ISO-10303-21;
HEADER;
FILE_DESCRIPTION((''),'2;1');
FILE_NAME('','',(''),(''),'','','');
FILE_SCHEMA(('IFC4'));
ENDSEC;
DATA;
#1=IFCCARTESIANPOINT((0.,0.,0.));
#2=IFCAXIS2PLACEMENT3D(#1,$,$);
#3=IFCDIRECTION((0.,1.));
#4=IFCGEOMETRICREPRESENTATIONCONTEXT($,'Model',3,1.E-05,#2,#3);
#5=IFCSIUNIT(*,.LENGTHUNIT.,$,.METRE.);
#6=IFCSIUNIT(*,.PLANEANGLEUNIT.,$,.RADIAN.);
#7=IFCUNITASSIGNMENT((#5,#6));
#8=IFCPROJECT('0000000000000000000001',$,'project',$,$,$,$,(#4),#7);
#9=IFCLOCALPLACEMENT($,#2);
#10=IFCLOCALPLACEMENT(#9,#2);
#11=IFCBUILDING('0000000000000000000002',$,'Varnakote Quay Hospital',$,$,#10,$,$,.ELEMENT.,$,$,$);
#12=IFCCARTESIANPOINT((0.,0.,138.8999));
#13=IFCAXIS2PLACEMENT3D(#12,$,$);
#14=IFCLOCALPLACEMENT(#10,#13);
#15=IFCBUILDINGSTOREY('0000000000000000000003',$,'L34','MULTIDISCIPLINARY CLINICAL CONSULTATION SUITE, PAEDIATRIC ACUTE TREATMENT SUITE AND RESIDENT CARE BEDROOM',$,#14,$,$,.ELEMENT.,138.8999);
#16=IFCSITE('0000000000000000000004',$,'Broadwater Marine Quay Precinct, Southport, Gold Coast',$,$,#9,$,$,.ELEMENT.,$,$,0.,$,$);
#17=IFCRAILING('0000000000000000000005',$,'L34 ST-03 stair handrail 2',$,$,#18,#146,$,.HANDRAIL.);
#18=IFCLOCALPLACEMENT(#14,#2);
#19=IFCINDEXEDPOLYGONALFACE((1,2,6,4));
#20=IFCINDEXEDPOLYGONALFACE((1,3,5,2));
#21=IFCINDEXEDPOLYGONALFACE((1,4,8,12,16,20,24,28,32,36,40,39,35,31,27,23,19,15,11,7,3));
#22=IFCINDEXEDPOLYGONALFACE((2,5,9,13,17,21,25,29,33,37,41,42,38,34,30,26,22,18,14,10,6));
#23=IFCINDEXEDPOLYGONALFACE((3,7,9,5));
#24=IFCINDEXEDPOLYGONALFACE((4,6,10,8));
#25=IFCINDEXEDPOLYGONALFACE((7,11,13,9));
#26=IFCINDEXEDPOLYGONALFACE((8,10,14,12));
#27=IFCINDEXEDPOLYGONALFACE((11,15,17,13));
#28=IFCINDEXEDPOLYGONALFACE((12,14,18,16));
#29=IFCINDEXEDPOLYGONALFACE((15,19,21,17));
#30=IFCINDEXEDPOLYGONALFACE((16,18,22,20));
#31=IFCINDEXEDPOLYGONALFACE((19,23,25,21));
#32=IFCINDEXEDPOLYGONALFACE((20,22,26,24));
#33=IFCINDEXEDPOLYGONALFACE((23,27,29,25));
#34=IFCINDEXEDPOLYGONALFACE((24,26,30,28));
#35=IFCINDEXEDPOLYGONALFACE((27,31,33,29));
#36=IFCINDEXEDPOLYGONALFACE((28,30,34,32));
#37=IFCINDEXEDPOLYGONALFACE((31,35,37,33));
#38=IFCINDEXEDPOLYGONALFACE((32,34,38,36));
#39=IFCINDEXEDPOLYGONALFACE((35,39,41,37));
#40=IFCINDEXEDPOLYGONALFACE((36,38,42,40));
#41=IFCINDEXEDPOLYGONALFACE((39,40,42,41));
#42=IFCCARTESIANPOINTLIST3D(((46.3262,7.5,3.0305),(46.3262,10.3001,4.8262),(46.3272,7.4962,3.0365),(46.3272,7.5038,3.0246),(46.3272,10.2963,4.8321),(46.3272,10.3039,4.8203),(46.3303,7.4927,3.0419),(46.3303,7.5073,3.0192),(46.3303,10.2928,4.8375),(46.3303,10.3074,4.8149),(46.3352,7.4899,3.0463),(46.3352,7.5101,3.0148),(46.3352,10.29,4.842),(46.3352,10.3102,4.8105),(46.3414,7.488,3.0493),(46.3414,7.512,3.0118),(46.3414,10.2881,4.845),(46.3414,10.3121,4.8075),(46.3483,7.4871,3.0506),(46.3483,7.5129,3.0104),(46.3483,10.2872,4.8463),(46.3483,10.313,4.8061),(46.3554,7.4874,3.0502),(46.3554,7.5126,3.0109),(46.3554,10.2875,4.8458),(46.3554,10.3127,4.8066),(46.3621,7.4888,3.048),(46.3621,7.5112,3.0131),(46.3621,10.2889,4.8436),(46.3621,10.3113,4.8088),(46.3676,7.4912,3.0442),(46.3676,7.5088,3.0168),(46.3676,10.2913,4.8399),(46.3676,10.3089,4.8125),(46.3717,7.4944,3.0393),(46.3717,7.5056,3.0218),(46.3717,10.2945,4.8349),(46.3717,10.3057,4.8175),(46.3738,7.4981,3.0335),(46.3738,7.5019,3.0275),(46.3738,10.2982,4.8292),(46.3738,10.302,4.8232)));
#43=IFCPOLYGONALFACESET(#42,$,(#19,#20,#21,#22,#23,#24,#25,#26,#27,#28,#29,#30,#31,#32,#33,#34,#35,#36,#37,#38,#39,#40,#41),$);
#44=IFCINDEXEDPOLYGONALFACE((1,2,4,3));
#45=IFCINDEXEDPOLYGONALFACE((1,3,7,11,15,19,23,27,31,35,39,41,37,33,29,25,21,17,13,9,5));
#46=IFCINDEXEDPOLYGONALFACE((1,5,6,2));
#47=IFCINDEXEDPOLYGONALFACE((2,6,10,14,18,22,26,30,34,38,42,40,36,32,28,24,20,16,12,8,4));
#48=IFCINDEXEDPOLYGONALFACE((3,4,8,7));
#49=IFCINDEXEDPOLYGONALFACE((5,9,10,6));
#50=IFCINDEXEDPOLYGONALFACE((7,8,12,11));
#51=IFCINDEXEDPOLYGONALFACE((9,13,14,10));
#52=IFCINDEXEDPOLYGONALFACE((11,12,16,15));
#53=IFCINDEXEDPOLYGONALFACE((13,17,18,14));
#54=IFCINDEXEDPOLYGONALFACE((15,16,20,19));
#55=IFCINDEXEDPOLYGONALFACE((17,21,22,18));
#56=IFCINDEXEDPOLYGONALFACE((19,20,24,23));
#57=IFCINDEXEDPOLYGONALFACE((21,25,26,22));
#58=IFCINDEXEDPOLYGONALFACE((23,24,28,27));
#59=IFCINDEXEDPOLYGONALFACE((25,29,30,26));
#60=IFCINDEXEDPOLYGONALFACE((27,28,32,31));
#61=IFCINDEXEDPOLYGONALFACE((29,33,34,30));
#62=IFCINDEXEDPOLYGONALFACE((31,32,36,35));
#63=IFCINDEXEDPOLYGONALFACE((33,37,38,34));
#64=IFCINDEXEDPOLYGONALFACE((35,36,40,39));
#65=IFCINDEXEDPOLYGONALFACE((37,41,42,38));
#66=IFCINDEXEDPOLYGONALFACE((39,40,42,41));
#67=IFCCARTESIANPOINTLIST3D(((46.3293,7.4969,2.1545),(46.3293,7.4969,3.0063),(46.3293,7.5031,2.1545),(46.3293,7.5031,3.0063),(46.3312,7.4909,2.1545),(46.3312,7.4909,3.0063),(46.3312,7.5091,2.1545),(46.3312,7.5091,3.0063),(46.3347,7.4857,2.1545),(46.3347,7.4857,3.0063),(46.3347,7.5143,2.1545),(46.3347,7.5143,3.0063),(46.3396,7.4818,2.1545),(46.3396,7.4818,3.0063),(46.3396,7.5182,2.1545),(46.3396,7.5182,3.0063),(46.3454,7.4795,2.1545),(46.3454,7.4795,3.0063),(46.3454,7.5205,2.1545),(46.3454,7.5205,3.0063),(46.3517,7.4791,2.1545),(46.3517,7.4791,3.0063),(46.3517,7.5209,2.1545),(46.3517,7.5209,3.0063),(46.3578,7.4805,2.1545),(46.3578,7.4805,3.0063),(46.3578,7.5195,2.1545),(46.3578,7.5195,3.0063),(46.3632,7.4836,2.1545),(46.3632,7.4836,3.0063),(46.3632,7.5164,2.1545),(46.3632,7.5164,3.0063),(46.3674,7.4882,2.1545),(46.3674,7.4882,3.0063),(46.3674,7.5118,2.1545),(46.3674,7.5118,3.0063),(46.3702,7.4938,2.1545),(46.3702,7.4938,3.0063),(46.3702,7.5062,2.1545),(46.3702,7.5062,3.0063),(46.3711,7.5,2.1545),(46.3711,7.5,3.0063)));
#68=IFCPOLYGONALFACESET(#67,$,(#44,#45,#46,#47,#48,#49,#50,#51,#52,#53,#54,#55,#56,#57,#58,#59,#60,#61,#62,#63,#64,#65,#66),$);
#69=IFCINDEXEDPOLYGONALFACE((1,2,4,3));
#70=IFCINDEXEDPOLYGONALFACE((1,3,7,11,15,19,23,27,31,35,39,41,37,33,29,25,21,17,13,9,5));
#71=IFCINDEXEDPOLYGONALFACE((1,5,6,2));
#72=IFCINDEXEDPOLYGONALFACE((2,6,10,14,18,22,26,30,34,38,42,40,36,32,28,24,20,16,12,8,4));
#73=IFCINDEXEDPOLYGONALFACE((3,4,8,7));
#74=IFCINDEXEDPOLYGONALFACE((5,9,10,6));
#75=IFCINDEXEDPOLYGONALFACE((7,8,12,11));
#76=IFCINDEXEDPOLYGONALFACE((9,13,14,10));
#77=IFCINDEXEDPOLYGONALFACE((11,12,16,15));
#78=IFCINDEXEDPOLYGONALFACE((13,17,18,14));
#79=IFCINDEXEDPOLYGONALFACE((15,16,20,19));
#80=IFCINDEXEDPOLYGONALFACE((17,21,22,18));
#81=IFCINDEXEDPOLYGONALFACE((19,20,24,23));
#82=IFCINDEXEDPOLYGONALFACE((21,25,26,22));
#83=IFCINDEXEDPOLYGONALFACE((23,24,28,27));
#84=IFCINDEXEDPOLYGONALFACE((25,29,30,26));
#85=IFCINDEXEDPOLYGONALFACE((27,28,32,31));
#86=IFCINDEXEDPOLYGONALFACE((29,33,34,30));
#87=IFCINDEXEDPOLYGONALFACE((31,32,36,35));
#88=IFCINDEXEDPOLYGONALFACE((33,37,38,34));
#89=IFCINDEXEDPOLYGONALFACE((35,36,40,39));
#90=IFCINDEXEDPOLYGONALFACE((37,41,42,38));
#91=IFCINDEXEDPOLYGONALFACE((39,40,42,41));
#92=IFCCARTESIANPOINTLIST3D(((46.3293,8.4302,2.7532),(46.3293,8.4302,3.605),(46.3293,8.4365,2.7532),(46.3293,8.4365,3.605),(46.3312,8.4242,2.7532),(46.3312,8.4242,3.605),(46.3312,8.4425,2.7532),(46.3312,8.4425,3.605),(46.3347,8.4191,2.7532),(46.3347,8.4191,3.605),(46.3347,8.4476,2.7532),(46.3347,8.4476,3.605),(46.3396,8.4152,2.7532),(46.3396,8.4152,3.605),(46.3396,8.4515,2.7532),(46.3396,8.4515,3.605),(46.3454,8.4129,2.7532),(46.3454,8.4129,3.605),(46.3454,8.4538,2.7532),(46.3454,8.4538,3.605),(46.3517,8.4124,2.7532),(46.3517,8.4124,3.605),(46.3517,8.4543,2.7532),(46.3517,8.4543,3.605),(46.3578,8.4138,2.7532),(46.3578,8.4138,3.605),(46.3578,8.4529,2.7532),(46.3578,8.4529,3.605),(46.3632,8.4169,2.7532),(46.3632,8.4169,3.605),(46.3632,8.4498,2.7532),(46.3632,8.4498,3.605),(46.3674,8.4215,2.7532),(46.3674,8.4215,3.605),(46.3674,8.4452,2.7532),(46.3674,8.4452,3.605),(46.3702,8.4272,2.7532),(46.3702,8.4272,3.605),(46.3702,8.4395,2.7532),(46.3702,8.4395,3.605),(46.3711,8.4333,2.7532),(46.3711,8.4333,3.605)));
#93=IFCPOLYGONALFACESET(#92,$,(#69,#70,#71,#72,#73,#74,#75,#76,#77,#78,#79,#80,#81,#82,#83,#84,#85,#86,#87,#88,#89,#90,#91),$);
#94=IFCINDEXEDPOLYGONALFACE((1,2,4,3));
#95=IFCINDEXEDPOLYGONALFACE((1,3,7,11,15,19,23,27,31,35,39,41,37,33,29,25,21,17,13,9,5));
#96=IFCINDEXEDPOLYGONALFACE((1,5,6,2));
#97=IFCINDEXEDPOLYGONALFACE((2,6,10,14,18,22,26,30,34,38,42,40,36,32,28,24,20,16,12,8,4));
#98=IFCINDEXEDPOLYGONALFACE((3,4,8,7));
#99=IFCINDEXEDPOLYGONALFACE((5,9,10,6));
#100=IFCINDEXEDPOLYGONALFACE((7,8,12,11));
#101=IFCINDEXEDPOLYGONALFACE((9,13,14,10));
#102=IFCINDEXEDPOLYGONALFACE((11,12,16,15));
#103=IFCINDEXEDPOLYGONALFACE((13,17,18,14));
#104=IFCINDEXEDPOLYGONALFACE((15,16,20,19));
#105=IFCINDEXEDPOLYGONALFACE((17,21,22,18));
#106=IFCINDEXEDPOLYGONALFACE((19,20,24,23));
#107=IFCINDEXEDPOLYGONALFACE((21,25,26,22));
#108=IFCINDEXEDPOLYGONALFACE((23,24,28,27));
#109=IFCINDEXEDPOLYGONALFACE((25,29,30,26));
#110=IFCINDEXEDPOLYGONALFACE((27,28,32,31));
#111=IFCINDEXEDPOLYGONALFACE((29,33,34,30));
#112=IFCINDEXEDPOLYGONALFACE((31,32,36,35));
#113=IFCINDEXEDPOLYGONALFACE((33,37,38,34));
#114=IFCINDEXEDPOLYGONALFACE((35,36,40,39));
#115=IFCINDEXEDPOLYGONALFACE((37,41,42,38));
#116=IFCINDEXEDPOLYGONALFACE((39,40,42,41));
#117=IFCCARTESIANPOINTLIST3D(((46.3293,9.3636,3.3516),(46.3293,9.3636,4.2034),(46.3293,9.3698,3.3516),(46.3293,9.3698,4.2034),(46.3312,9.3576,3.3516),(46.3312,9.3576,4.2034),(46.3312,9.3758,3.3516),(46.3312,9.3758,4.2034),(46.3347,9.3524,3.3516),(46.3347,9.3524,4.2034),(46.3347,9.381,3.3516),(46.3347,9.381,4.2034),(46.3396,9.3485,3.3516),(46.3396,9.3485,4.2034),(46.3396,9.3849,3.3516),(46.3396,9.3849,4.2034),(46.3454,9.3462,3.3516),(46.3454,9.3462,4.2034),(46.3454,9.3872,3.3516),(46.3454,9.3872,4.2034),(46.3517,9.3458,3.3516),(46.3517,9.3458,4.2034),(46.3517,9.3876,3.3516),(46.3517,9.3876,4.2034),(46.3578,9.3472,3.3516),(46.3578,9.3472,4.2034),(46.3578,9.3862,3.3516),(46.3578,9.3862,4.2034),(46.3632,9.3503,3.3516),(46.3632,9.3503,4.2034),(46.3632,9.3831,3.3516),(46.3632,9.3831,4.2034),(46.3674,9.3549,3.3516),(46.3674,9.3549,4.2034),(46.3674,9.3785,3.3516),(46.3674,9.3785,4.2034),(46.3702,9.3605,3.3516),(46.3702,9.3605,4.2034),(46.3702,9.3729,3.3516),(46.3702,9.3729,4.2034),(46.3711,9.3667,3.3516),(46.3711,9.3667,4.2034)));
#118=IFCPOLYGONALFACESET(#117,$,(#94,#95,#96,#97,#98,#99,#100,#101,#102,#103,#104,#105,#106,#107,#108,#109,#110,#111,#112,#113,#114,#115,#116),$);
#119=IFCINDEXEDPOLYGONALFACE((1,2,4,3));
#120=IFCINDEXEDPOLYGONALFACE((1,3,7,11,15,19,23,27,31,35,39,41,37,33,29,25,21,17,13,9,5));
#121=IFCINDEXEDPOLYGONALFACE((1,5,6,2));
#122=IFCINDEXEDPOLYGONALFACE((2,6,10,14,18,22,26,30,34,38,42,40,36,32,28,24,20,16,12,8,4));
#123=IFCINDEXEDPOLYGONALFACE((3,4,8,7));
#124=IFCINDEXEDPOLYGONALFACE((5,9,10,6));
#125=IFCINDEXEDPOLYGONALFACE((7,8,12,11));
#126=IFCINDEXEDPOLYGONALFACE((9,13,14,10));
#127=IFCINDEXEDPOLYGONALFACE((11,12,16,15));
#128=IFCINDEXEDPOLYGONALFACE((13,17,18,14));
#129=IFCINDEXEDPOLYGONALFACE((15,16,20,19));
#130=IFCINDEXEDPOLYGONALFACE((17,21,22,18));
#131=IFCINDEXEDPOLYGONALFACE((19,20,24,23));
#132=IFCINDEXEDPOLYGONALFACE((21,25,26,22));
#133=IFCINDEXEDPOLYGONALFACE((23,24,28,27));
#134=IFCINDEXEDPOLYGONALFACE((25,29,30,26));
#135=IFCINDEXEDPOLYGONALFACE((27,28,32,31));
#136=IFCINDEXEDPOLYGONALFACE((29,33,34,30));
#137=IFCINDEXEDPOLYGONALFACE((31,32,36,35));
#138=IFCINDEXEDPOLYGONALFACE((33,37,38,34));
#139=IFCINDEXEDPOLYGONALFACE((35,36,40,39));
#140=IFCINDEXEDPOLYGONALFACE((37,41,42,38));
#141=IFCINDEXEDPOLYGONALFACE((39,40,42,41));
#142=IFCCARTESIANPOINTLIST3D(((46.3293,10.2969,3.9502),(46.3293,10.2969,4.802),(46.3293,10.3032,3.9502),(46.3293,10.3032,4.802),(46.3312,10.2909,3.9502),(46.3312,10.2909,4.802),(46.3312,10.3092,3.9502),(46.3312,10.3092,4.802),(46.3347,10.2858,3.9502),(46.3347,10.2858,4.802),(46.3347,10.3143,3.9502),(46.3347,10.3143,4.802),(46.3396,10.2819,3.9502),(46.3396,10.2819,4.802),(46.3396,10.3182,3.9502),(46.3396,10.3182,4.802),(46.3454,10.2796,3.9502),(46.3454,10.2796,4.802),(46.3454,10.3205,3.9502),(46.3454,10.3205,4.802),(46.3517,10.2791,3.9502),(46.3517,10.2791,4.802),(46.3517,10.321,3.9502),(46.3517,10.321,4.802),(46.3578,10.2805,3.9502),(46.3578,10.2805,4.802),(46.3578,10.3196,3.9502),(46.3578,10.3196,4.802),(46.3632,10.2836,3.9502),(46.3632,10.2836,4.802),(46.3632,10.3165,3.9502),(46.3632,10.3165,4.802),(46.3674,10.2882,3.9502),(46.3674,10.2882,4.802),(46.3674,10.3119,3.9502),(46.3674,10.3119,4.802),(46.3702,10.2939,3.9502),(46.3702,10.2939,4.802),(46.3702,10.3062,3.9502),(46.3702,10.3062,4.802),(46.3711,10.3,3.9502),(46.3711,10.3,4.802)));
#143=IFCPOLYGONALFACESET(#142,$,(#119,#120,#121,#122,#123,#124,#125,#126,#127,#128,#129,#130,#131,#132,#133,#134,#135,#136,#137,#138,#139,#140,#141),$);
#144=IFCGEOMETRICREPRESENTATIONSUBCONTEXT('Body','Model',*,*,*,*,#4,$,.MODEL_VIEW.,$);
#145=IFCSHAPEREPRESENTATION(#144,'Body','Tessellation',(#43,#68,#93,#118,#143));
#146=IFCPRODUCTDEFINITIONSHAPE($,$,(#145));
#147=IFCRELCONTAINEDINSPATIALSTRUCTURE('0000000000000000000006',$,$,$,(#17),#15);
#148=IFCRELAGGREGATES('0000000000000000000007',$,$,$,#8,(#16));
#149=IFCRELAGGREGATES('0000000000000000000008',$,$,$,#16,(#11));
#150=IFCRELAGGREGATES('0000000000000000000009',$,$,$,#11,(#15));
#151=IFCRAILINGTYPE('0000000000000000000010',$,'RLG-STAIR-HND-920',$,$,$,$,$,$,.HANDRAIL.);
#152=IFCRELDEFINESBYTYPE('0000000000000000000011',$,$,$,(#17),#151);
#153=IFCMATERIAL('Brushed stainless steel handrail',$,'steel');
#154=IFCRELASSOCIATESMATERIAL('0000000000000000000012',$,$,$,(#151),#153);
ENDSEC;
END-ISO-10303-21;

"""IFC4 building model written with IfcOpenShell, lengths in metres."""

from ifc_helpers import new_model, si_unit, direction, frame, origin, origin_2d, place, context, subcontext, project, spatial, circle, extrude, material, type_object, element, save


model = new_model("IFC4")

# Units and contexts
model_context = context("Model", 3, precision=1e-05, world=origin(), true_north=direction((0.0, 1.0)))
body_context = subcontext(model_context, "Body", "Model", "MODEL_VIEW")
ifc_project = project(units=[si_unit("LENGTHUNIT", "METRE"), si_unit("PLANEANGLEUNIT", "RADIAN")], contexts=[model_context])

# Site, building, storey
site_placement = place(None, origin())
site = spatial("IfcSite", under=ifc_project, at=site_placement, Name="Broadwater Marine Quay Precinct, Southport, Gold Coast", CompositionType="ELEMENT", RefElevation=0.0)
building_placement = place(site_placement, origin())
building = spatial("IfcBuilding", under=site, at=building_placement, Name="Varnakote Quay Hospital", CompositionType="ELEMENT")
storey_placement = place(building_placement, frame((0.0, 0.0, 138.8999)))
storey = spatial("IfcBuildingStorey", under=building, at=storey_placement, Name="L34", Description="MULTIDISCIPLINARY CLINICAL CONSULTATION SUITE, PAEDIATRIC ACUTE TREATMENT SUITE AND RESIDENT CARE BEDROOM", CompositionType="ELEMENT", Elevation=138.8999)

# Railing
ifc_material_1 = material(Name="Brushed stainless steel handrail", Category="steel")
railing_type_1 = type_object("IfcRailingType", Name="RLG-STAIR-HND-920", PredefinedType="HANDRAIL", material=ifc_material_1)
railing_1_placement = place(storey_placement, frame((46.3501, 7.5, 2.1545)))
element("IfcRailing", 1, at=railing_1_placement, inside=storey, type_object=railing_type_1, Name="L34 ST-03 stair handrail 2", PredefinedType="HANDRAIL", context=body_context, shape_type="SweptSolid", body=[
    extrude(circle(Radius=0.0239, at=origin_2d()), frame((0.0, 0.0, 0.876), z_axis=(0.0, 0.841777, 0.539826), x_axis=(-1.0, 0.0, 0.0)), (0.0, 0.0, 1.0), 3.3264),
    extrude(circle(Radius=0.021, at=origin_2d()), origin(), (0.0, 0.0, 1.0), 0.8518),
    extrude(circle(Radius=0.021, at=origin_2d()), frame((0.0, 0.9333, 0.5986)), (0.0, 0.0, 1.0), 0.8518),
    extrude(circle(Radius=0.021, at=origin_2d()), frame((0.0, 1.8667, 1.197)), (0.0, 0.0, 1.0), 0.8518),
    extrude(circle(Radius=0.021, at=origin_2d()), frame((0.0, 2.8, 1.7957)), (0.0, 0.0, 1.0), 0.8518),
])

save(model, "model.ifc")
